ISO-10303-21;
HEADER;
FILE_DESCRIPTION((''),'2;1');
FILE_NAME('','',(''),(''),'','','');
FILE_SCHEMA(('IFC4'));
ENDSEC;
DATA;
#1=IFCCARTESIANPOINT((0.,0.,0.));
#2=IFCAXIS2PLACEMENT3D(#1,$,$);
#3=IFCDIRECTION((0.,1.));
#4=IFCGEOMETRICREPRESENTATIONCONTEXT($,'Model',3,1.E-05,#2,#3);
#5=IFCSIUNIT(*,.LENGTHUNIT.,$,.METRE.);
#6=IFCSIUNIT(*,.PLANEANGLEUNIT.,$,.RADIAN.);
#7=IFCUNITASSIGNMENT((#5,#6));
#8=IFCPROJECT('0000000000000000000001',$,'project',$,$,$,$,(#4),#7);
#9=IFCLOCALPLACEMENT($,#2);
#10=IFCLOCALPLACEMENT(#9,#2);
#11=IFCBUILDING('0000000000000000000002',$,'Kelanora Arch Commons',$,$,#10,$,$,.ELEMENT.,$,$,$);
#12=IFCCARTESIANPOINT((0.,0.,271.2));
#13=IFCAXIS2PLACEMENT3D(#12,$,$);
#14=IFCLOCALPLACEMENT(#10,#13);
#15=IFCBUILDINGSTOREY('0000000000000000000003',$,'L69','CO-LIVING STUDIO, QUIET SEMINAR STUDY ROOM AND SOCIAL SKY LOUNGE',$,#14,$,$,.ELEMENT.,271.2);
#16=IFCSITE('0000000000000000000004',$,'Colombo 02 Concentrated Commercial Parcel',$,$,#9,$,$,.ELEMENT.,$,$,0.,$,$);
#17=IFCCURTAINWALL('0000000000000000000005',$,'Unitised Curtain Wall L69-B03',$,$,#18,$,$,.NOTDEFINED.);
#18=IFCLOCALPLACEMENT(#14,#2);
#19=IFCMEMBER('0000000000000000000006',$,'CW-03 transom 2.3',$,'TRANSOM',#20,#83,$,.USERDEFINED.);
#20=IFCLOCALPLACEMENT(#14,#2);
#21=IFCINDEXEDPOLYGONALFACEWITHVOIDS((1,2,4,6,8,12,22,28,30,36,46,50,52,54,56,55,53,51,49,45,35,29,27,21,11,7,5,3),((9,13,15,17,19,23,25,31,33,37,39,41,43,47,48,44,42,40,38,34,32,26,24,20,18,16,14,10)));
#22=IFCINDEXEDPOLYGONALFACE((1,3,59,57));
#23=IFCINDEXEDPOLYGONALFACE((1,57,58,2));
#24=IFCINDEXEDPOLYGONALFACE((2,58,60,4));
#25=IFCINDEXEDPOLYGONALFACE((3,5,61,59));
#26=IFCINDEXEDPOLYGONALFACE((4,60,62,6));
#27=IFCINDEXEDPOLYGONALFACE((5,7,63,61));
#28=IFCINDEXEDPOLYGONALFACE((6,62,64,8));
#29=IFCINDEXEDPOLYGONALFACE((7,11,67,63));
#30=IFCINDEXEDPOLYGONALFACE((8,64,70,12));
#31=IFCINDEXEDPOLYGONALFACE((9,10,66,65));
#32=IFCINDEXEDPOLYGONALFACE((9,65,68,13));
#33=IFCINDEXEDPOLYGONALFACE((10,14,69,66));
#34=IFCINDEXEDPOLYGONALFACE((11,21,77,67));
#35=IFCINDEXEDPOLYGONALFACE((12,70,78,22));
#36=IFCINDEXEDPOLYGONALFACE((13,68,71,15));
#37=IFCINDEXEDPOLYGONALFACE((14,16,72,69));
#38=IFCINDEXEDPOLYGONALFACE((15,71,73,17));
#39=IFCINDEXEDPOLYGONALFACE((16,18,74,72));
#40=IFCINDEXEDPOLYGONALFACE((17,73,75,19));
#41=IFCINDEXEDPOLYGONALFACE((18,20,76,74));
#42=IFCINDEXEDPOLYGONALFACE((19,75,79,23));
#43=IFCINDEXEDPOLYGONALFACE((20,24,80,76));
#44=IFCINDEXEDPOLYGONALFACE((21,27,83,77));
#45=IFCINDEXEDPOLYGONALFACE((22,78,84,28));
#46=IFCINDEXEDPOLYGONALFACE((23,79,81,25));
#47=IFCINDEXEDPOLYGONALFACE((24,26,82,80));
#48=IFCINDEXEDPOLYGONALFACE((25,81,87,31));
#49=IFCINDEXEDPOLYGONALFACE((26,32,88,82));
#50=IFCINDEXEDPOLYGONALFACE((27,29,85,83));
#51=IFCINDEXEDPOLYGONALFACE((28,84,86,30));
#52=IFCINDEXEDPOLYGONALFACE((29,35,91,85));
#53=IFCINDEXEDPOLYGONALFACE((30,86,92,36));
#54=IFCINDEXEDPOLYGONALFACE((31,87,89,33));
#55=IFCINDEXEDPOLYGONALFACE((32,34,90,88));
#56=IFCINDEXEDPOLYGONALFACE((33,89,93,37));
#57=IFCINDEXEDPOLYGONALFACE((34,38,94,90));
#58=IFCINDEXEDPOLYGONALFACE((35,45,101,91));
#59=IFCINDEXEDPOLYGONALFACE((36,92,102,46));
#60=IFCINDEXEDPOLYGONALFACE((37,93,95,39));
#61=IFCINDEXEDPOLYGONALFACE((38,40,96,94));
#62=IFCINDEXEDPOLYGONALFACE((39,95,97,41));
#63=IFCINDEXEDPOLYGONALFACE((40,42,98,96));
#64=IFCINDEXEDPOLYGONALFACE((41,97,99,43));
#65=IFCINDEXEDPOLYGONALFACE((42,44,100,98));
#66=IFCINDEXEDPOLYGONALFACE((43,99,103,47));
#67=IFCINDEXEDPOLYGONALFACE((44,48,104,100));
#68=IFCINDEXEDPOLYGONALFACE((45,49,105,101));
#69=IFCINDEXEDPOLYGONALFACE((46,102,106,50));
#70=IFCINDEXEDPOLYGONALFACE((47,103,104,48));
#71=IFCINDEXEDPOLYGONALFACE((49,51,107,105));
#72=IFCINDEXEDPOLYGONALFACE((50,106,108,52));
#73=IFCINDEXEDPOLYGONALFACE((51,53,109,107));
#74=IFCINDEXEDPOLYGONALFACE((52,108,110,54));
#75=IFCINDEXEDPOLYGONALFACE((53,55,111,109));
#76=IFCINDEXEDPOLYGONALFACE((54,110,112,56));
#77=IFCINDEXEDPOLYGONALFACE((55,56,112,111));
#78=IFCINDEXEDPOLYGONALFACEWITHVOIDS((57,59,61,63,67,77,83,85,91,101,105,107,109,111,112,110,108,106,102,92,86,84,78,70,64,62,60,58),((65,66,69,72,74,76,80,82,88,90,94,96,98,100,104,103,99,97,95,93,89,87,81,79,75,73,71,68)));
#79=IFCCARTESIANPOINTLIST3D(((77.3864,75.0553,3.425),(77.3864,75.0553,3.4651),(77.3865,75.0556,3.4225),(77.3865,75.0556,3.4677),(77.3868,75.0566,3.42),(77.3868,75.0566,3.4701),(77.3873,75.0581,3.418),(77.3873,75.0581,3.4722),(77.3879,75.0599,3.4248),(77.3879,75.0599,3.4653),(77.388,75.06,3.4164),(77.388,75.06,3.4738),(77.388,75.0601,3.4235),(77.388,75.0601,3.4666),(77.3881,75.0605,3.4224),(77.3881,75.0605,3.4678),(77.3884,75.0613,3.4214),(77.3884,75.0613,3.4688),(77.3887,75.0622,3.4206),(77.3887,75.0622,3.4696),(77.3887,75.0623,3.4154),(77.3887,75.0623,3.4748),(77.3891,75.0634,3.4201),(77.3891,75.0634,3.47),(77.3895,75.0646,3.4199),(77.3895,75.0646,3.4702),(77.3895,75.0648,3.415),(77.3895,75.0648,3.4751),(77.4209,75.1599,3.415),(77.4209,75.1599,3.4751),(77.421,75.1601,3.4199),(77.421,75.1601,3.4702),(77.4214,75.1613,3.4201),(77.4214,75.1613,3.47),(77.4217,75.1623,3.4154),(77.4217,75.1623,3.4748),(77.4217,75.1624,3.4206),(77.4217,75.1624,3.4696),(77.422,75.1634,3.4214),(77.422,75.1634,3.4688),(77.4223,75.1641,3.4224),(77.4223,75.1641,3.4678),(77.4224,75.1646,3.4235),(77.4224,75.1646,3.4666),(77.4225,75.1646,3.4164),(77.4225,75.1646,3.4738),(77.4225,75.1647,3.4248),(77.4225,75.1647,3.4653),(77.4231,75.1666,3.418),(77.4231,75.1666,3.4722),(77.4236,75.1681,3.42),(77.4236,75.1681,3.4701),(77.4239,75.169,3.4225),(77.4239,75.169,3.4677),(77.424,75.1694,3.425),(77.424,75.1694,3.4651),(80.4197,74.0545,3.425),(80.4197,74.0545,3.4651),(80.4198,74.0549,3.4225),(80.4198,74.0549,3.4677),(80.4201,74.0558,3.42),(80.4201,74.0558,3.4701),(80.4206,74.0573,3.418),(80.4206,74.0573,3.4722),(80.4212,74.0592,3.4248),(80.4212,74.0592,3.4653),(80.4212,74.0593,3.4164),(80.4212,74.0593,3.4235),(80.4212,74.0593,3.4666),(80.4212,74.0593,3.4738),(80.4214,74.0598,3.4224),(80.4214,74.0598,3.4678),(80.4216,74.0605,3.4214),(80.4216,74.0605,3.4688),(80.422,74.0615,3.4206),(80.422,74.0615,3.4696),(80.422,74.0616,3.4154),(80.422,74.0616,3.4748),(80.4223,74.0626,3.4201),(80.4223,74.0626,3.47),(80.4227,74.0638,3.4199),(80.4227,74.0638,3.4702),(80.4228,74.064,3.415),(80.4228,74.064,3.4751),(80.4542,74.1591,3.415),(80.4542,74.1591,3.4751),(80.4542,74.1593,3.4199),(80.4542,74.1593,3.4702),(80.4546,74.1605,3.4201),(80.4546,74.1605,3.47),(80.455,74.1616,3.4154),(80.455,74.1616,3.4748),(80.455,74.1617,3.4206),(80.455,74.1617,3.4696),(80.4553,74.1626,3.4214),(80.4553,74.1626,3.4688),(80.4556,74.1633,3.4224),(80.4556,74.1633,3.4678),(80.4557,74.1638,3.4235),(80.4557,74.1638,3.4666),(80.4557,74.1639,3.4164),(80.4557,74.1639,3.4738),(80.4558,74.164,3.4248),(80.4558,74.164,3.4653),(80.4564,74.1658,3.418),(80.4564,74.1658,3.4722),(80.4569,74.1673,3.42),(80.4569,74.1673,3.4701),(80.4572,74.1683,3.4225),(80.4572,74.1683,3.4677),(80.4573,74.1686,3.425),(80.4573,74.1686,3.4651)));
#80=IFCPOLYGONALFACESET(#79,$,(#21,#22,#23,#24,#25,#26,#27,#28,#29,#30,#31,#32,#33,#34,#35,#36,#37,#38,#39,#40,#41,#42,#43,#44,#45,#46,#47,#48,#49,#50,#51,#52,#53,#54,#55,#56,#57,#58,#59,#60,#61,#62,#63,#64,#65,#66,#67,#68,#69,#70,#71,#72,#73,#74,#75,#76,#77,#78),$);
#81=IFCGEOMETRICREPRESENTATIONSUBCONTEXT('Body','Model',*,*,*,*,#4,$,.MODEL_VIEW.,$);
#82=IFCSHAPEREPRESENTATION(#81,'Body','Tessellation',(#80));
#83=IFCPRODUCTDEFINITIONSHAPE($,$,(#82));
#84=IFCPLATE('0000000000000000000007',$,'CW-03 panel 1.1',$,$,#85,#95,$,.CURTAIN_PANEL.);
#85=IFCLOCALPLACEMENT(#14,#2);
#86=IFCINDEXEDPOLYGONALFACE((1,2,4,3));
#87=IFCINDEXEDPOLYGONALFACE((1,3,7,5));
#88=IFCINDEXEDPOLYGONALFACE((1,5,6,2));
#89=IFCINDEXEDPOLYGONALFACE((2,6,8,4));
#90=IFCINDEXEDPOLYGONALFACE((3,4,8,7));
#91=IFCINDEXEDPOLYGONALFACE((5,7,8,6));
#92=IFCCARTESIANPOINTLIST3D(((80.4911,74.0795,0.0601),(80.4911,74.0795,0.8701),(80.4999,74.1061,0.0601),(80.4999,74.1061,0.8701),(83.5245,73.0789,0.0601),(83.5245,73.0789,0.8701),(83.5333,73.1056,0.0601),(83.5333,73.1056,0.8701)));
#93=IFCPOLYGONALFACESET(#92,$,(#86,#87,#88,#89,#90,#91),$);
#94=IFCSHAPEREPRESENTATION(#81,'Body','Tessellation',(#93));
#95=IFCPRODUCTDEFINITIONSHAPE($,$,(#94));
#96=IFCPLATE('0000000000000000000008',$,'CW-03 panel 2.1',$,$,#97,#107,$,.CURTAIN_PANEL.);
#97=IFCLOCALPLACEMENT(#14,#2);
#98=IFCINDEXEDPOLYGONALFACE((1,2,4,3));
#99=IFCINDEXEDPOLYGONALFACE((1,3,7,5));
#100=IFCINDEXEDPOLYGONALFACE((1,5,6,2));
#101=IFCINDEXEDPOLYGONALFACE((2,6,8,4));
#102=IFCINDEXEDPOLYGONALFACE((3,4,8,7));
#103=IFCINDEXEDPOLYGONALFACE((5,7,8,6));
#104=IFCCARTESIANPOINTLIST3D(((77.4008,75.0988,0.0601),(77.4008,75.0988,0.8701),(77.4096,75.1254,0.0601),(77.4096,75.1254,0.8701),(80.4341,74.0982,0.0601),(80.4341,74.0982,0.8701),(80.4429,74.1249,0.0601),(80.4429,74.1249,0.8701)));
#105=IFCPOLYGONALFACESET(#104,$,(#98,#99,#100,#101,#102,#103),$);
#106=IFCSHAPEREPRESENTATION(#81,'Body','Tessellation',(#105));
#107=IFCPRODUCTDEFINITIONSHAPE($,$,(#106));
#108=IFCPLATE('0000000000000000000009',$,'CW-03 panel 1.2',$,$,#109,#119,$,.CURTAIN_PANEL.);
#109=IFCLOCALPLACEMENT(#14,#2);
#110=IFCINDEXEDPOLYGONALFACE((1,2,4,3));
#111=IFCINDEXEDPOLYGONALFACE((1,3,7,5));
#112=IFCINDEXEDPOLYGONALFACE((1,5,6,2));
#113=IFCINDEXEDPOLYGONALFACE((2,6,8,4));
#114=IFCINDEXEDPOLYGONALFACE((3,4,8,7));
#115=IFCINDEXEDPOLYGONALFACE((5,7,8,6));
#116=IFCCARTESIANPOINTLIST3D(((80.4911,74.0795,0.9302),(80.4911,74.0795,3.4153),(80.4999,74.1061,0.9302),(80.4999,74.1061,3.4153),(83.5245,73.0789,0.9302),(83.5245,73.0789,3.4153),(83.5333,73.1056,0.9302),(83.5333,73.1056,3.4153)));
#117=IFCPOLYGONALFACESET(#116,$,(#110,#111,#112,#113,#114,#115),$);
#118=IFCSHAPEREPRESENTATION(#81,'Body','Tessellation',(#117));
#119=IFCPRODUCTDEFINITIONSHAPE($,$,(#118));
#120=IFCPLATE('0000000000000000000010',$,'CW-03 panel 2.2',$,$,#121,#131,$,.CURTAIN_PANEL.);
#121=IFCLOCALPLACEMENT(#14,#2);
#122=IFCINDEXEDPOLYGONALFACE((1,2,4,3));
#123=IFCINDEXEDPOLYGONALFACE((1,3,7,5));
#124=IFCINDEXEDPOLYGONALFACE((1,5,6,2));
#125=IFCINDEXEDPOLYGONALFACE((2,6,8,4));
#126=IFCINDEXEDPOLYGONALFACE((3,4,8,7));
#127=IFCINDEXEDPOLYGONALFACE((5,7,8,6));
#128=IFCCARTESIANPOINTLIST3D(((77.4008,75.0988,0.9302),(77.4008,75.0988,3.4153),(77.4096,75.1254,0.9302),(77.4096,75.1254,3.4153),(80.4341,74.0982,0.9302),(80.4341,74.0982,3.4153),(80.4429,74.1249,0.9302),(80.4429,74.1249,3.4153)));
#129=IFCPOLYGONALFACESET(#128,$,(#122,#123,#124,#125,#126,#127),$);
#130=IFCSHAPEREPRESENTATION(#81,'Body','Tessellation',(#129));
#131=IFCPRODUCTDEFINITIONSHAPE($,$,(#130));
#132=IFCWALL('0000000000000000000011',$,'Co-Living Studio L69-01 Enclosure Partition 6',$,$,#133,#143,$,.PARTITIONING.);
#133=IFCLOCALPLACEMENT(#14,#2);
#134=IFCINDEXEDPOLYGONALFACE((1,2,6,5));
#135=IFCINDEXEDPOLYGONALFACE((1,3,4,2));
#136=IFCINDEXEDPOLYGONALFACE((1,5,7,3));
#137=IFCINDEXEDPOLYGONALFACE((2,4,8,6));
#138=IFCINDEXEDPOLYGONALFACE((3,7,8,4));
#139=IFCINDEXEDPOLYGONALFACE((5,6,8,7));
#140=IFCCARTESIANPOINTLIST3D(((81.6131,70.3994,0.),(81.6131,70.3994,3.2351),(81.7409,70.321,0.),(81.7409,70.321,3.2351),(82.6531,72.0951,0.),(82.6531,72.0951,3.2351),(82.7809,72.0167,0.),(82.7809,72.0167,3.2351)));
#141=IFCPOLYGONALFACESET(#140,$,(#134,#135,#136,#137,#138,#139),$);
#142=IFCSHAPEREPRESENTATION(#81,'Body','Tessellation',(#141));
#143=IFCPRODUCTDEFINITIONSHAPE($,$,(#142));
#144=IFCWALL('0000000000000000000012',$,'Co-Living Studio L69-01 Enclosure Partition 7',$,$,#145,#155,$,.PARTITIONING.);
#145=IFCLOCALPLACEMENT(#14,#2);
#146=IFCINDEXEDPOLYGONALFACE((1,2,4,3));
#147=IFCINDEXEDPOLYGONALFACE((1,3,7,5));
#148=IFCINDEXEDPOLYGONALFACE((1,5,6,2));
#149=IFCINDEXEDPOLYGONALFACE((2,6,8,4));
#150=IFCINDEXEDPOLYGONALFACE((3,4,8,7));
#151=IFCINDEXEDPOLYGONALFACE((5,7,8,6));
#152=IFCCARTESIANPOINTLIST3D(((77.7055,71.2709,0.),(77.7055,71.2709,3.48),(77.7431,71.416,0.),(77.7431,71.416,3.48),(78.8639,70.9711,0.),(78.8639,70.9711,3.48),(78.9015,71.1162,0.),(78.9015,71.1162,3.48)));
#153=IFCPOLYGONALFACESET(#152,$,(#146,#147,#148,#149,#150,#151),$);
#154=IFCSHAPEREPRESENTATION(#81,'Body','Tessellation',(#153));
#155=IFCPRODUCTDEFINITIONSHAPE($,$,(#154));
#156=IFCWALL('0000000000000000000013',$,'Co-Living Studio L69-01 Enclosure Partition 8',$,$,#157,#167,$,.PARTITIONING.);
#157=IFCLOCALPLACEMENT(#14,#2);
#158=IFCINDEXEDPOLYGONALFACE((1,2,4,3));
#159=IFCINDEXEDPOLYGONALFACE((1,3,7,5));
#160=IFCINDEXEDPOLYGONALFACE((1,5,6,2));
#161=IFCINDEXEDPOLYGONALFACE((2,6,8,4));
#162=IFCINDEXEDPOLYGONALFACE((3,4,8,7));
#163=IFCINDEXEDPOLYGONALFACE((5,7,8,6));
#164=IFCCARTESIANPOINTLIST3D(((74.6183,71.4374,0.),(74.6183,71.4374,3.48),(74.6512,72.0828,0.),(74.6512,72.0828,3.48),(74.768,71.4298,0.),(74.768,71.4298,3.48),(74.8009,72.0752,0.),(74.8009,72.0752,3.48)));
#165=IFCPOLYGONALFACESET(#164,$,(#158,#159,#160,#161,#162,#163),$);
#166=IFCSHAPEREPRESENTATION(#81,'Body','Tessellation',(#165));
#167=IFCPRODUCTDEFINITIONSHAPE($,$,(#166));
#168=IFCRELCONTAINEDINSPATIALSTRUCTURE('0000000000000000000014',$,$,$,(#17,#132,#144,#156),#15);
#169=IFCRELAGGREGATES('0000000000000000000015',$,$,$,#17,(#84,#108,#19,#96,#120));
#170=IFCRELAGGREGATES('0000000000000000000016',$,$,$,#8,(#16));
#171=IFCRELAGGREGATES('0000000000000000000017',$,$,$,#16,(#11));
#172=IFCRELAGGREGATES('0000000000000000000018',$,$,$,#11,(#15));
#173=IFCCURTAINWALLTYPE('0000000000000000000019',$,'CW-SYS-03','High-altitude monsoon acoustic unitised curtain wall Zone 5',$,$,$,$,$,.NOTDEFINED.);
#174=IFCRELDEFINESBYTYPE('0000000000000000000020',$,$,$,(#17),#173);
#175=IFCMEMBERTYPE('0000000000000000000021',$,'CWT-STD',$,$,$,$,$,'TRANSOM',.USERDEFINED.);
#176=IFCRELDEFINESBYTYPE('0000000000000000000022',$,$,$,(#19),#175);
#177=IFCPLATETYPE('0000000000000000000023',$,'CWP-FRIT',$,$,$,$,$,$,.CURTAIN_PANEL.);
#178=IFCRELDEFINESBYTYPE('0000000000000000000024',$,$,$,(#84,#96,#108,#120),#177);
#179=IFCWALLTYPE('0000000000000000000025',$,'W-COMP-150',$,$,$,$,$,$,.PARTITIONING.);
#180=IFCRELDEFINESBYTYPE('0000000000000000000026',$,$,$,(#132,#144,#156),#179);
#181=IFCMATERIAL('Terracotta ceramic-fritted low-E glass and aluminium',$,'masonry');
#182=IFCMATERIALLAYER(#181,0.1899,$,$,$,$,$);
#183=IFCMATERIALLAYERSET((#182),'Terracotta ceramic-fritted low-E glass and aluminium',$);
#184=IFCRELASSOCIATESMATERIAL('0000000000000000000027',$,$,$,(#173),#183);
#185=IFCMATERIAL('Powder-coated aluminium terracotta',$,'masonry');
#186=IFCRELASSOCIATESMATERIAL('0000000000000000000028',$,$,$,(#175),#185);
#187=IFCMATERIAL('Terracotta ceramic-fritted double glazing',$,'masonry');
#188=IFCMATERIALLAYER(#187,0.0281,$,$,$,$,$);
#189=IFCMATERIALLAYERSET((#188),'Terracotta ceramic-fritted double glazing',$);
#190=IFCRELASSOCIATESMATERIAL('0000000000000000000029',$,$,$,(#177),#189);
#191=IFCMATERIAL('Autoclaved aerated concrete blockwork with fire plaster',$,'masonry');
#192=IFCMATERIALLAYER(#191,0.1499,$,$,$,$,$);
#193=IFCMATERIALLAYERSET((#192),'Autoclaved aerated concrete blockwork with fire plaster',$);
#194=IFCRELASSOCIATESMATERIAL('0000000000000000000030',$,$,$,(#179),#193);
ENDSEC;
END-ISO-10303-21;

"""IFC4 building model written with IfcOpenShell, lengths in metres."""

from ifc_helpers import new_model, si_unit, direction, frame, frame_2d, origin, origin_2d, place, context, subcontext, project, spatial, rectangle, hollow_rectangle, extrude, source, transform, mapped, material, layer, layer_set, material_profile, profile_set, type_object, element, aggregate, save


model = new_model("IFC4")

# Units and contexts
model_context = context("Model", 3, precision=1e-05, world=origin(), true_north=direction((0.0, 1.0)))
body_context = subcontext(model_context, "Body", "Model", "MODEL_VIEW")
ifc_project = project(units=[si_unit("LENGTHUNIT", "METRE"), si_unit("PLANEANGLEUNIT", "RADIAN")], contexts=[model_context])

# Site, building, storey
site_placement = place(None, origin())
site = spatial("IfcSite", under=ifc_project, at=site_placement, Name="Colombo 02 Concentrated Commercial Parcel", CompositionType="ELEMENT", RefElevation=0.0)
building_placement = place(site_placement, origin())
building = spatial("IfcBuilding", under=site, at=building_placement, Name="Kelanora Arch Commons", CompositionType="ELEMENT")
storey_placement = place(building_placement, frame((0.0, 0.0, 271.2)))
storey = spatial("IfcBuildingStorey", under=building, at=storey_placement, Name="L69", Description="CO-LIVING STUDIO, QUIET SEMINAR STUDY ROOM AND SOCIAL SKY LOUNGE", CompositionType="ELEMENT", Elevation=271.2)

# Curtain wall, member, plates
ifc_material_1 = material(Name="Terracotta ceramic-fritted low-E glass and aluminium", Category="masonry")
ifc_layer_1 = layer(ifc_material_1, 0.1899)
ifc_layer_set_1 = layer_set([ifc_layer_1], Name="Terracotta ceramic-fritted low-E glass and aluminium")
curtain_wall_type = type_object("IfcCurtainWallType", Name="CW-SYS-03", Description="High-altitude monsoon acoustic unitised curtain wall Zone 5", PredefinedType="NOTDEFINED", material=ifc_layer_set_1)
curtain_wall_placement = place(storey_placement, origin())
curtain_wall = element("IfcCurtainWall", 1, at=curtain_wall_placement, inside=storey, type_object=curtain_wall_type, Name="Unitised Curtain Wall L69-B03", PredefinedType="NOTDEFINED")
ifc_material_2 = material(Name="Powder-coated aluminium terracotta", Category="masonry")
ifc_material_profile_1 = material_profile(ifc_material_2, hollow_rectangle(XDim=0.1201, YDim=0.0601, WallThickness=0.0049, InnerFilletRadius=0.0049, OuterFilletRadius=0.01, at=origin_2d()), Name="CWT120x60")
ifc_profile_set_1 = profile_set([ifc_material_profile_1], Name="Powder-coated aluminium terracotta")
member_type_1 = type_object("IfcMemberType", Name="CWT-STD", ElementType="TRANSOM", PredefinedType="USERDEFINED", material=ifc_profile_set_1)
member_1_placement = place(storey_placement, frame((80.4385, 74.1116, 3.4451), z_axis=(-0.94965, 0.313314, 0.0), x_axis=(-0.313314, -0.94965, 0.0)))
member_1 = element("IfcMember", 2, at=member_1_placement, type_object=member_type_1, Name="CW-03 transom 2.3", ObjectType="TRANSOM", PredefinedType="USERDEFINED", context=body_context, shape_type="SweptSolid", body=[
    extrude(hollow_rectangle(XDim=0.1201, YDim=0.0601, WallThickness=0.0049, InnerFilletRadius=0.0049, OuterFilletRadius=0.01, at=origin_2d()), origin(), (0.0, 0.0, 1.0), 3.1941),
])
ifc_material_3 = material(Name="Terracotta ceramic-fritted double glazing", Category="masonry")
ifc_layer_2 = layer(ifc_material_3, 0.0281)
ifc_layer_set_2 = layer_set([ifc_layer_2], Name="Terracotta ceramic-fritted double glazing")
plate_type = type_object("IfcPlateType", Name="CWP-FRIT", PredefinedType="CURTAIN_PANEL", material=ifc_layer_set_2)
shared_shape_1 = source(origin(), body_context, "Body", "SweptSolid", [
    extrude(rectangle(XDim=3.1941, YDim=0.0281, at=origin_2d()), origin(), (0.0, 0.0, 1.0), 0.8101),
])
plate_1_placement = place(storey_placement, frame((82.0122, 73.5925, 0.0601), z_axis=(0.0, 0.0, 1.0), x_axis=(-0.94967, 0.313253, 0.0)))
plate_1 = element("IfcPlate", 3, at=plate_1_placement, type_object=plate_type, Name="CW-03 panel 1.1", PredefinedType="CURTAIN_PANEL", context=body_context, shape_type="MappedRepresentation", body=[
    mapped(shared_shape_1, transform((0.0, 0.0, 0.0), scale=1.0)),
])
plate_2_placement = place(storey_placement, frame((78.9219, 74.6118, 0.0601), z_axis=(0.0, 0.0, 1.0), x_axis=(-0.94967, 0.313253, 0.0)))
plate_2 = element("IfcPlate", 4, at=plate_2_placement, type_object=plate_type, Name="CW-03 panel 2.1", PredefinedType="CURTAIN_PANEL", context=body_context, shape_type="MappedRepresentation", body=[
    mapped(shared_shape_1, transform((0.0, 0.0, 0.0), scale=1.0)),
])
shared_shape_2 = source(origin(), body_context, "Body", "SweptSolid", [
    extrude(rectangle(XDim=3.1941, YDim=0.0281, at=origin_2d()), origin(), (0.0, 0.0, 1.0), 2.4851),
])
plate_3_placement = place(storey_placement, frame((82.0122, 73.5925, 0.9302), z_axis=(0.0, 0.0, 1.0), x_axis=(-0.94967, 0.313253, 0.0)))
plate_3 = element("IfcPlate", 5, at=plate_3_placement, type_object=plate_type, Name="CW-03 panel 1.2", PredefinedType="CURTAIN_PANEL", context=body_context, shape_type="MappedRepresentation", body=[
    mapped(shared_shape_2, transform((0.0, 0.0, 0.0), scale=1.0)),
])
plate_4_placement = place(storey_placement, frame((78.9219, 74.6118, 0.9302), z_axis=(0.0, 0.0, 1.0), x_axis=(-0.94967, 0.313253, 0.0)))
plate_4 = element("IfcPlate", 6, at=plate_4_placement, type_object=plate_type, Name="CW-03 panel 2.2", PredefinedType="CURTAIN_PANEL", context=body_context, shape_type="MappedRepresentation", body=[
    mapped(shared_shape_2, transform((0.0, 0.0, 0.0), scale=1.0)),
])
aggregate(curtain_wall, [plate_1, plate_3, member_1, plate_2, plate_4])

# Walls
ifc_material_4 = material(Name="Autoclaved aerated concrete blockwork with fire plaster", Category="masonry")
ifc_layer_3 = layer(ifc_material_4, 0.1499)
ifc_layer_set_3 = layer_set([ifc_layer_3], Name="Autoclaved aerated concrete blockwork with fire plaster")
wall_type_1 = type_object("IfcWallType", Name="W-COMP-150", PredefinedType="PARTITIONING", material=ifc_layer_set_3)
wall_1_placement = place(storey_placement, frame((82.717, 72.0559, 0.0), z_axis=(0.0, 0.0, 1.0), x_axis=(-0.52281, -0.85245, 0.0)))
element("IfcWall", 7, at=wall_1_placement, inside=storey, type_object=wall_type_1, Name="Co-Living Studio L69-01 Enclosure Partition 6", PredefinedType="PARTITIONING", context=body_context, shape_type="SweptSolid", body=[
    extrude(rectangle(XDim=1.9893, YDim=0.1499, at=frame_2d((0.9946, 0.0))), origin(), (0.0, 0.0, 1.0), 3.2351),
])
wall_2_placement = place(storey_placement, frame((78.8826, 71.0437, 0.0), z_axis=(0.0, 0.0, 1.0), x_axis=(-0.968105, 0.250544, 0.0)))
element("IfcWall", 8, at=wall_2_placement, inside=storey, type_object=wall_type_1, Name="Co-Living Studio L69-01 Enclosure Partition 7", PredefinedType="PARTITIONING", context=body_context, shape_type="SweptSolid", body=[
    extrude(rectangle(XDim=1.1965, YDim=0.1499, at=frame_2d((0.5981, 0.0))), origin(), (0.0, 0.0, 1.0), 3.48),
])
wall_3_placement = place(storey_placement, frame((74.7261, 72.0791, 0.0), z_axis=(0.0, 0.0, 1.0), x_axis=(-0.050993, -0.998699, 0.0)))
element("IfcWall", 9, at=wall_3_placement, inside=storey, type_object=wall_type_1, Name="Co-Living Studio L69-01 Enclosure Partition 8", PredefinedType="PARTITIONING", context=body_context, shape_type="SweptSolid", body=[
    extrude(rectangle(XDim=0.6462, YDim=0.1499, at=frame_2d((0.3232, 0.0))), origin(), (0.0, 0.0, 1.0), 3.48),
])

save(model, "model.ifc")
